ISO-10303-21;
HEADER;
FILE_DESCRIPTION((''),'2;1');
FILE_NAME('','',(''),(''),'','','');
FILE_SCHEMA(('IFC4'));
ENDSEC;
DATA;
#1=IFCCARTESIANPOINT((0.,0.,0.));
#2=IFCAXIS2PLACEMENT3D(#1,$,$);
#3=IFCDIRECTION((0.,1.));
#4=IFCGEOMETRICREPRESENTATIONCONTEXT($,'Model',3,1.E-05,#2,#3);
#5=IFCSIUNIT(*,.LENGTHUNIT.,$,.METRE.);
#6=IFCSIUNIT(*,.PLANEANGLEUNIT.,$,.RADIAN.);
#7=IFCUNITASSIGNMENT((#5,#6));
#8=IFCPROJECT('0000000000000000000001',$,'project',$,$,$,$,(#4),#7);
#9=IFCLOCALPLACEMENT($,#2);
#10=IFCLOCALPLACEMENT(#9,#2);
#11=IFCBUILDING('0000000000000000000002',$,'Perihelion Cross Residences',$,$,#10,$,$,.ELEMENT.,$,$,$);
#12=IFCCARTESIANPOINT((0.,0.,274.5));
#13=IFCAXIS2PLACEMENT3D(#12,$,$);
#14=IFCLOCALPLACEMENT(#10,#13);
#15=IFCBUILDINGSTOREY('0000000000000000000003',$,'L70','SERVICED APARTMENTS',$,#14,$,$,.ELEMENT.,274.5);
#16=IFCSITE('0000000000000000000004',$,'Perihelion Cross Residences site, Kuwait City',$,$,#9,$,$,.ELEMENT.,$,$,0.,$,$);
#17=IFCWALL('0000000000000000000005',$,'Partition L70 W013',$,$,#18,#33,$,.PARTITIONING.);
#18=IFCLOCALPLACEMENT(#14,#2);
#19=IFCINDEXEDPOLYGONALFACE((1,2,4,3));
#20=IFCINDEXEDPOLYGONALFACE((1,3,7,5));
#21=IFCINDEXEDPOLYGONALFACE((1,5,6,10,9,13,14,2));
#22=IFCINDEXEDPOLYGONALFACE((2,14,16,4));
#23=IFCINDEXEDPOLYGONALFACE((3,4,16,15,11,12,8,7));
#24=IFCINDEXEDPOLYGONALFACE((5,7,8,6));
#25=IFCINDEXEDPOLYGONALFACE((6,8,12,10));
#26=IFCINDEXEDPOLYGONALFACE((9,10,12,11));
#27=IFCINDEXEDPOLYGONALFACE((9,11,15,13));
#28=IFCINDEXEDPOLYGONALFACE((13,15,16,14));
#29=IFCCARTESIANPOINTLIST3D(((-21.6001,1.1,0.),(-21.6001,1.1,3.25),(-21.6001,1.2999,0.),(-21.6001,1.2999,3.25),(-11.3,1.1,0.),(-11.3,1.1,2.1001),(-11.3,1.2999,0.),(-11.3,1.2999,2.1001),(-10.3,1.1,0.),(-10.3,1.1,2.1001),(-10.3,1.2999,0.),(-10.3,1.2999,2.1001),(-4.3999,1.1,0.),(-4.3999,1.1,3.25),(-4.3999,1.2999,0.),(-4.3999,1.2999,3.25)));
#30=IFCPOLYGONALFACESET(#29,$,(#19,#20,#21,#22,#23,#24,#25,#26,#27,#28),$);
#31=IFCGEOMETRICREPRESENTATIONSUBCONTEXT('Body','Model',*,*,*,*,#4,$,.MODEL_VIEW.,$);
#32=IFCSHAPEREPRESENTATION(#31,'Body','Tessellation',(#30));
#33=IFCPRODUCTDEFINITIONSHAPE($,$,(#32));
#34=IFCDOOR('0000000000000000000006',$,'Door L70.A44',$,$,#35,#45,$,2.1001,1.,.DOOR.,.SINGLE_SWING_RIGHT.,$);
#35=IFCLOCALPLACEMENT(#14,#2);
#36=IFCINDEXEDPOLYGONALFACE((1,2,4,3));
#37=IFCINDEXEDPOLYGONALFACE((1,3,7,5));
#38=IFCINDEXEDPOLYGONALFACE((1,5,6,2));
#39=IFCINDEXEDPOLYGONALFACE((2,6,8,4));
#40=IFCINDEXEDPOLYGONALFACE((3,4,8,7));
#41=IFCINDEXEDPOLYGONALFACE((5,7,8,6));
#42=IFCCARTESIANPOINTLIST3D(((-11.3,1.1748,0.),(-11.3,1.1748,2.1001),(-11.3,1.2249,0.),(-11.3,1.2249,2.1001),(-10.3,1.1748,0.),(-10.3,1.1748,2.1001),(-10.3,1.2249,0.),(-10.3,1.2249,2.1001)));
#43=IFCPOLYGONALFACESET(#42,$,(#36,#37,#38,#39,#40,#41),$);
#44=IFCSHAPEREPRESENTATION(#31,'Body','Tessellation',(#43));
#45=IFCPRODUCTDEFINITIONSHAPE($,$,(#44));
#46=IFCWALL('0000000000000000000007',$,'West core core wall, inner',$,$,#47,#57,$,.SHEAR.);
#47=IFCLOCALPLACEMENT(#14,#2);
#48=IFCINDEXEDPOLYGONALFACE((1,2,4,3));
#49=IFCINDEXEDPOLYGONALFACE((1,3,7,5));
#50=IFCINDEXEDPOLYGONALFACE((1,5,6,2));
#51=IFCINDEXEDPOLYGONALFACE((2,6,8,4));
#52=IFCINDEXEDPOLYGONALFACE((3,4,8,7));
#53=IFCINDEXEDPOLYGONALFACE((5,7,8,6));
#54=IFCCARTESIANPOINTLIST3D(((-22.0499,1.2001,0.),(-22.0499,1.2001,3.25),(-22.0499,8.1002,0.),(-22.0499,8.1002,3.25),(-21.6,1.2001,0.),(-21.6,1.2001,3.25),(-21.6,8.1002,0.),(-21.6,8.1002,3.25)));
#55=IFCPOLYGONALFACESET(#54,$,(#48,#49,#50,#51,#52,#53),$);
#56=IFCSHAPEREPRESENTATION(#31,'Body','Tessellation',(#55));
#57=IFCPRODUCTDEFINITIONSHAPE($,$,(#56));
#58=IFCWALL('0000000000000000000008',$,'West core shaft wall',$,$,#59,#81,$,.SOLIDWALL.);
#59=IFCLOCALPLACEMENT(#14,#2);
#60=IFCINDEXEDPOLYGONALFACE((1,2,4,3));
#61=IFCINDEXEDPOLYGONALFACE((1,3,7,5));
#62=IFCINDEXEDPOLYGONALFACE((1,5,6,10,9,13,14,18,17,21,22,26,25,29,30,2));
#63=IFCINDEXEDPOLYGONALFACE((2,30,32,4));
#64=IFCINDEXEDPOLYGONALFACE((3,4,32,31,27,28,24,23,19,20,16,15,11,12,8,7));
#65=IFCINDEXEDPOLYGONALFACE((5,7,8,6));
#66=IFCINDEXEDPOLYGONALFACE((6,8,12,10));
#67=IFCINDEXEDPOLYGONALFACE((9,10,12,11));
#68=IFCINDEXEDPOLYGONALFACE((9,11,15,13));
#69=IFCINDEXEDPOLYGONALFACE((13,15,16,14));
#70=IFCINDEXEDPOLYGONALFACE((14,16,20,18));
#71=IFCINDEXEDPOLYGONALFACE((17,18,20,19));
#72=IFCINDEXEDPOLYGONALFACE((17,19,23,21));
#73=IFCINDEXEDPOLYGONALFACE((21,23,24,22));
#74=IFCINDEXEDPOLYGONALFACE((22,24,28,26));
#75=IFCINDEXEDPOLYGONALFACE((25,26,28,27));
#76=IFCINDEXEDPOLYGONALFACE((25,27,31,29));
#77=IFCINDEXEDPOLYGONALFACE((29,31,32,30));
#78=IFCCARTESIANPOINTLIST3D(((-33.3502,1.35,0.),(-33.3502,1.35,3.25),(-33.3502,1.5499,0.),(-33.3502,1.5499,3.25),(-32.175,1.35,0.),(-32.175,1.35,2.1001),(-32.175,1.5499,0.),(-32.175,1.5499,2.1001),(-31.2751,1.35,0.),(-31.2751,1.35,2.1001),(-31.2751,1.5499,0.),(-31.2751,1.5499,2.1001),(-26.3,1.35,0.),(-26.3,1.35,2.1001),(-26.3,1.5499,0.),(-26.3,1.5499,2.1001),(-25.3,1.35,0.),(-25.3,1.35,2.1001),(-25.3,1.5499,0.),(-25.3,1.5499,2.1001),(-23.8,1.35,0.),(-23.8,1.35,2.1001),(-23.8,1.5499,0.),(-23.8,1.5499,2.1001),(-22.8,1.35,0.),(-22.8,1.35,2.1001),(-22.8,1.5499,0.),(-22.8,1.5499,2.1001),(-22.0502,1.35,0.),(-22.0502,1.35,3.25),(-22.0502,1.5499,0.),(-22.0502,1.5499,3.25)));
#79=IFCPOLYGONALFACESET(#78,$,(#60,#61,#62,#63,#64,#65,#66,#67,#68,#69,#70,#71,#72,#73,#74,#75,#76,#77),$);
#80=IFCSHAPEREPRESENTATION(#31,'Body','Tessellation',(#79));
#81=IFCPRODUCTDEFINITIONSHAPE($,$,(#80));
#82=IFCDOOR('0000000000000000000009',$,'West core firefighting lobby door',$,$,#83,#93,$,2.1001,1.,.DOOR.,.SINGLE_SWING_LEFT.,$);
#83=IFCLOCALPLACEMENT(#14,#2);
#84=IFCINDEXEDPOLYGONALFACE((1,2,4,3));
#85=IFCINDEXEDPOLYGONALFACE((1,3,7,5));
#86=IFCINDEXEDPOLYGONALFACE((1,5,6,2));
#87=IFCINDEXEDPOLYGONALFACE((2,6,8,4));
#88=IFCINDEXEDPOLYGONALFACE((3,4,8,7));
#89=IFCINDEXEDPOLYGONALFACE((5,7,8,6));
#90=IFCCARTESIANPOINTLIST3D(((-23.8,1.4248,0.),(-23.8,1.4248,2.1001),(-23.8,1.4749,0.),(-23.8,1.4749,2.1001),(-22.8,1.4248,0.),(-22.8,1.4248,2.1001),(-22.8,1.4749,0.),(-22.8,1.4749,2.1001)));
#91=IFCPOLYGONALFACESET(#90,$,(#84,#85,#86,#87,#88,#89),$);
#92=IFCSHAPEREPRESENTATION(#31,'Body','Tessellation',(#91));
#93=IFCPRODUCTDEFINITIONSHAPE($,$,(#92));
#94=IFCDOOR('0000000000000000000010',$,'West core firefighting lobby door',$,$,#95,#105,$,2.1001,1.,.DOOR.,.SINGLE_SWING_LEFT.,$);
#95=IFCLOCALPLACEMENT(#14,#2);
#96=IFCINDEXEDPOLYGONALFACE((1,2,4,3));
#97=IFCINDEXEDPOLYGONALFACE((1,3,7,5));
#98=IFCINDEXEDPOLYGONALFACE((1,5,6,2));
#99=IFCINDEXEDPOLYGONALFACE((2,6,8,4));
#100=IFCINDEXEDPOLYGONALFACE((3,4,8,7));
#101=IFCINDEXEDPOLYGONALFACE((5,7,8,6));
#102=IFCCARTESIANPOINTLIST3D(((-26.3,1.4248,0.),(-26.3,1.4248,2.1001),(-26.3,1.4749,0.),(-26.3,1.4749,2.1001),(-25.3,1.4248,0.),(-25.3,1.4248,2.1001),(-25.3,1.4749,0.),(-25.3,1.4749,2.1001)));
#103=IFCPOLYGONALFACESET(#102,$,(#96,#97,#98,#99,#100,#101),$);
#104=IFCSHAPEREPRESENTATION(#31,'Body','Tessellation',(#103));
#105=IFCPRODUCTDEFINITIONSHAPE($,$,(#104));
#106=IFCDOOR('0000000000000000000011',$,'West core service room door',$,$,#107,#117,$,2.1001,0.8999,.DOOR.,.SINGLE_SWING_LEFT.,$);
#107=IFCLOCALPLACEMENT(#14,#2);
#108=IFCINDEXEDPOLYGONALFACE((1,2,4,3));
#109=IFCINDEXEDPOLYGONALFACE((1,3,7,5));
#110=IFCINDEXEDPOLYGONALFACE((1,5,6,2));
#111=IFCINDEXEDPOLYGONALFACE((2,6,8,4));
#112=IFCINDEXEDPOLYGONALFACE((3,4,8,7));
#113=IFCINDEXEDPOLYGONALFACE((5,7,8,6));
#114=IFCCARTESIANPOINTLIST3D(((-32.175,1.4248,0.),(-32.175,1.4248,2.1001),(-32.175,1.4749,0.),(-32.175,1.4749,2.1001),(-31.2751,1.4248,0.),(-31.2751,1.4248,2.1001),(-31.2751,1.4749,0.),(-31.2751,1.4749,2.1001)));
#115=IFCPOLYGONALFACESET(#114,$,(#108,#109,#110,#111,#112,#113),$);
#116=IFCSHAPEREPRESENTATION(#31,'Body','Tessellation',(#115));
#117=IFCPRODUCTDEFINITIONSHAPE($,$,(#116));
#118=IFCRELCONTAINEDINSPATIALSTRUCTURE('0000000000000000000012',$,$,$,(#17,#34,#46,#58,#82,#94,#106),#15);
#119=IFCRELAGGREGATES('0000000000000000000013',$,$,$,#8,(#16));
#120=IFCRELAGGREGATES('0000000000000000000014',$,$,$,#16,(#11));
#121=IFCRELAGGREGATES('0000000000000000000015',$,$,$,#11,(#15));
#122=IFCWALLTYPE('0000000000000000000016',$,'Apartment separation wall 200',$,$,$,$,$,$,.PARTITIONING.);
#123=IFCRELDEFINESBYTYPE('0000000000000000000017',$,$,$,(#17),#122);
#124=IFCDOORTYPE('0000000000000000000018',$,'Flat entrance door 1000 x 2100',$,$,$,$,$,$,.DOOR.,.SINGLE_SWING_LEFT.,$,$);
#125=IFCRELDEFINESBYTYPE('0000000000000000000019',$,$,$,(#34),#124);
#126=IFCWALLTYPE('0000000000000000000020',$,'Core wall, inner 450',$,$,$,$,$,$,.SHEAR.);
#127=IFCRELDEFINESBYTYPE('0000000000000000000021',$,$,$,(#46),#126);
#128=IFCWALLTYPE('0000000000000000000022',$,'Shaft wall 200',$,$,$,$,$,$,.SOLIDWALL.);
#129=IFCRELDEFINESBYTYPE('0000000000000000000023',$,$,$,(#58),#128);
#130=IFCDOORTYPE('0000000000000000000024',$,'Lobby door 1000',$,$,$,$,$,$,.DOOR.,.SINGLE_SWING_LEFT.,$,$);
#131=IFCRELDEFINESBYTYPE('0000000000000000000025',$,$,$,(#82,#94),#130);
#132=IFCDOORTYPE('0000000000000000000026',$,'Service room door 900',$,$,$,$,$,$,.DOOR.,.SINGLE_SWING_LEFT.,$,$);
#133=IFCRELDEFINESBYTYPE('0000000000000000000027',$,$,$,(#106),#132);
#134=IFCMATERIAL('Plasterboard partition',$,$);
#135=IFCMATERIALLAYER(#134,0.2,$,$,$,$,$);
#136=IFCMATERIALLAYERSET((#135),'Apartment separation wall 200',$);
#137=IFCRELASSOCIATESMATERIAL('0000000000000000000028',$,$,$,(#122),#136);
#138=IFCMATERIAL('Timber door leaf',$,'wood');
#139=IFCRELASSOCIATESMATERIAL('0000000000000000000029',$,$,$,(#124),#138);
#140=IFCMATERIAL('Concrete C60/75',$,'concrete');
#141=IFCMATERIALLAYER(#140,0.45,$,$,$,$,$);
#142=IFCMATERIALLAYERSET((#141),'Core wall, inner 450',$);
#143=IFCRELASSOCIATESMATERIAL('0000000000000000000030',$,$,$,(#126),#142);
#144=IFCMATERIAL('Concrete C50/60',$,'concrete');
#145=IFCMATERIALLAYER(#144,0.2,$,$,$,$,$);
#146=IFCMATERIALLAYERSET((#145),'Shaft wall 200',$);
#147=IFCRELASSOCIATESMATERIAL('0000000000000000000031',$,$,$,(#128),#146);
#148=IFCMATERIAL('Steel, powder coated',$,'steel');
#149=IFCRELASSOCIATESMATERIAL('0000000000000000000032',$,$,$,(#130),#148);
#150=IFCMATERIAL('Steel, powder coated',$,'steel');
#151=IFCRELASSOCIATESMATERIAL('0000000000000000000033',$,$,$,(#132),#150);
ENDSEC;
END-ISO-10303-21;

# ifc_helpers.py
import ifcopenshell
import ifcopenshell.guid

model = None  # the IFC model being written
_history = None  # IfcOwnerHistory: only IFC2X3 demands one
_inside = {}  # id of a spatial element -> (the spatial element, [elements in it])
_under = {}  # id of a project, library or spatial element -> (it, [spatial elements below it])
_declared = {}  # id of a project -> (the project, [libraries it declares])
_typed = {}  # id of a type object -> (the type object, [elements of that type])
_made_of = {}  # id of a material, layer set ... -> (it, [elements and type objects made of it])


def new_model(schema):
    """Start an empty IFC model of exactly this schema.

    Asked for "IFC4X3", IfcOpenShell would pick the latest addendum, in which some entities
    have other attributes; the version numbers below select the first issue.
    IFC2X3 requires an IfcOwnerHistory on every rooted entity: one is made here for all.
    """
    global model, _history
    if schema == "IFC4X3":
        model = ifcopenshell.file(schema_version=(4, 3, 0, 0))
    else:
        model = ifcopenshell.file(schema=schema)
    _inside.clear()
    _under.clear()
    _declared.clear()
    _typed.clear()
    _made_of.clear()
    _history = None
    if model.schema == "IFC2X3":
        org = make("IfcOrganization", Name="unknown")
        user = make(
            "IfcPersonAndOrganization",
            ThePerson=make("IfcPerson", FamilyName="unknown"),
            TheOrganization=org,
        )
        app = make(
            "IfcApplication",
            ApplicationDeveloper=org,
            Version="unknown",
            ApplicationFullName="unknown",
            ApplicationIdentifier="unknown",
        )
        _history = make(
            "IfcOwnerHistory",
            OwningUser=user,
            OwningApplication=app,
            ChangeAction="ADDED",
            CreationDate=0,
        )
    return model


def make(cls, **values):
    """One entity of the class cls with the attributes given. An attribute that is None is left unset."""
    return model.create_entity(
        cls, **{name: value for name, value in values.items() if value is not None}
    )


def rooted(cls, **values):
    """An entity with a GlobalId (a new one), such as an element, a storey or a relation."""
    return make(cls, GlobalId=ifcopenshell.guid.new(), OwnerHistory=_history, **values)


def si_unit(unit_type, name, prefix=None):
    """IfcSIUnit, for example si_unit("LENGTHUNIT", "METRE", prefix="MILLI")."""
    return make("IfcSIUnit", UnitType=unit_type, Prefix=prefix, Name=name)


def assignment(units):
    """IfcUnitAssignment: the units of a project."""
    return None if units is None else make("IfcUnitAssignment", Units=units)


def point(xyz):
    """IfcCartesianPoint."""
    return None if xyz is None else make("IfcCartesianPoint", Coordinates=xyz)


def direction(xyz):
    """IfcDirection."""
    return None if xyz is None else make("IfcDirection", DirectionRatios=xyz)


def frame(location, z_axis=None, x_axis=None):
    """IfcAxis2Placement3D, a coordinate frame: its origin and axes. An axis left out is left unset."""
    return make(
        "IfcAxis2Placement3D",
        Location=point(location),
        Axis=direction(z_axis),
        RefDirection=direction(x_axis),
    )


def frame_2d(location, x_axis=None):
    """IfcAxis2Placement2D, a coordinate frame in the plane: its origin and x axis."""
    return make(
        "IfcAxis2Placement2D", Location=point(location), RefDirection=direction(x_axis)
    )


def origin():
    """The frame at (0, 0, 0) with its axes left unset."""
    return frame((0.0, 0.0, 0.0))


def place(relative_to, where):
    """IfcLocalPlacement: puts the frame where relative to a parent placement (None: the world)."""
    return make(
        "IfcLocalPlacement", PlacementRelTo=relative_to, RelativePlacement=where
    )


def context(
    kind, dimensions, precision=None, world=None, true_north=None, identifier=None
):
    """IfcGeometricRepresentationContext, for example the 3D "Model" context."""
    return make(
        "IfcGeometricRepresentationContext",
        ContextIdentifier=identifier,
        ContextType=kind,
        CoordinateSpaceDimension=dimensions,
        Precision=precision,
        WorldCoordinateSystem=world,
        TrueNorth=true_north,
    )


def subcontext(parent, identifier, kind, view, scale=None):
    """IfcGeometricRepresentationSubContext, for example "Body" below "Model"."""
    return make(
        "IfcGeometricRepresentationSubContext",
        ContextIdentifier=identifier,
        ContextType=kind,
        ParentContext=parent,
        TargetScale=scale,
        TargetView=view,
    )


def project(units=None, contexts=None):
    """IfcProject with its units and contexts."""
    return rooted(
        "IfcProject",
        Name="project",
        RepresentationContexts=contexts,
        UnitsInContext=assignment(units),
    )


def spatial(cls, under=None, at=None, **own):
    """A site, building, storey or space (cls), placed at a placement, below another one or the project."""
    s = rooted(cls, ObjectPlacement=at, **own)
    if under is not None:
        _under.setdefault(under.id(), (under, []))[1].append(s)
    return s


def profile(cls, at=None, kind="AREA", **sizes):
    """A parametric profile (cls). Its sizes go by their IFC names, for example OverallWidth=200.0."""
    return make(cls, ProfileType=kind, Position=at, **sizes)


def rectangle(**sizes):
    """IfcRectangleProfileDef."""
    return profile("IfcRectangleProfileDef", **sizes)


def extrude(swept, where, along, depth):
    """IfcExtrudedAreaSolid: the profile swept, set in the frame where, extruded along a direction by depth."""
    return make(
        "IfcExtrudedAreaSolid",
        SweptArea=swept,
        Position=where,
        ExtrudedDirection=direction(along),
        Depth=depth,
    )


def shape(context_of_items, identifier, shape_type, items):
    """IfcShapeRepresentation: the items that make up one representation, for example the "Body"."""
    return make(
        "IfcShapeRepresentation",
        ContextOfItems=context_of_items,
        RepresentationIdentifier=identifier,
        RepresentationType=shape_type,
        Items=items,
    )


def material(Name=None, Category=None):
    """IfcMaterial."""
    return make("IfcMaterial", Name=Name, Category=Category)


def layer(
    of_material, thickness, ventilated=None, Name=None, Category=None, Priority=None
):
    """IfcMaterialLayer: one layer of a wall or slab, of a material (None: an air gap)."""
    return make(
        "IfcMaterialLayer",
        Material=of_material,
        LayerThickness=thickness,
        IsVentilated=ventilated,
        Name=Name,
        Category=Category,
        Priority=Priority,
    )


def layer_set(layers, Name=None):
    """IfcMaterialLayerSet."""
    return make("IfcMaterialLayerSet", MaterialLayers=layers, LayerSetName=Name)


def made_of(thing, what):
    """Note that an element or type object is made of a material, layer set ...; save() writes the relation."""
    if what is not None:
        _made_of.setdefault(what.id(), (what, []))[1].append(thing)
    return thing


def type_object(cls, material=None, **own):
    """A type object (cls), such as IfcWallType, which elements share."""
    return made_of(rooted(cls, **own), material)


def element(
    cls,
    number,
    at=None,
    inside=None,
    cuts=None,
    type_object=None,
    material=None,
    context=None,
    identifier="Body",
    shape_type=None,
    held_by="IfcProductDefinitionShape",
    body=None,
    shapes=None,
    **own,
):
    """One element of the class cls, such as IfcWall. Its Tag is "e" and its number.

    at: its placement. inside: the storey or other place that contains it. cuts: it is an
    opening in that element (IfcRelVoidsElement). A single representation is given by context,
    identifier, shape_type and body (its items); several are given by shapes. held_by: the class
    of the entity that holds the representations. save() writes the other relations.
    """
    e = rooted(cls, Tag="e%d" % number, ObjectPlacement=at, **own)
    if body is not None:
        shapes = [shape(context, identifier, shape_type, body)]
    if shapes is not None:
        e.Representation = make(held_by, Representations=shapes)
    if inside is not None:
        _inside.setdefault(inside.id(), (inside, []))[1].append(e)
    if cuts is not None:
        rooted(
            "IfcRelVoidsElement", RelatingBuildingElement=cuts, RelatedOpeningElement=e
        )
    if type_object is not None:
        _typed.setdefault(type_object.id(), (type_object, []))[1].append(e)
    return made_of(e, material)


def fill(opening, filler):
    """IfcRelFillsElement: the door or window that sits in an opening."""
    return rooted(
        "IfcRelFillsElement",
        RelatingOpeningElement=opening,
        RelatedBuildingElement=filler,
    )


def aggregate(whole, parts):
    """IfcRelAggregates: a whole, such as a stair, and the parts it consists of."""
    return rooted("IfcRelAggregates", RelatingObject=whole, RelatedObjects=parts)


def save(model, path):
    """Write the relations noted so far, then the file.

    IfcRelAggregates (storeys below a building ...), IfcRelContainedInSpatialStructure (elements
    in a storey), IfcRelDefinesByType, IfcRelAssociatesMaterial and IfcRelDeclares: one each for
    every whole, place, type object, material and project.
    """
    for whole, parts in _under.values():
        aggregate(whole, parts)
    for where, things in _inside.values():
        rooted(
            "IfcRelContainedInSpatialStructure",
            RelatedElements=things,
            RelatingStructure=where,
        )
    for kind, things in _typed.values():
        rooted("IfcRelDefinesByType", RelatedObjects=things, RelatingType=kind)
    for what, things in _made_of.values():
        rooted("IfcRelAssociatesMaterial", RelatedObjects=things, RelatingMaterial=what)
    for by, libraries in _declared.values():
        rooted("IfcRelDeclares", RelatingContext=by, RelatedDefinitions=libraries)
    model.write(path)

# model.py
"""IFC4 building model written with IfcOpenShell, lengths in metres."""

from ifc_helpers import new_model, si_unit, direction, frame, frame_2d, origin, place, context, subcontext, project, spatial, rectangle, extrude, material, layer, layer_set, type_object, element, fill, save


model = new_model("IFC4")

# Units and contexts
model_context = context("Model", 3, precision=1e-05, world=origin(), true_north=direction((0.0, 1.0)))
body_context = subcontext(model_context, "Body", "Model", "MODEL_VIEW")
ifc_project = project(units=[si_unit("LENGTHUNIT", "METRE"), si_unit("PLANEANGLEUNIT", "RADIAN")], contexts=[model_context])

# Site, building, storey
site_placement = place(None, origin())
site = spatial("IfcSite", under=ifc_project, at=site_placement, Name="Perihelion Cross Residences site, Kuwait City", CompositionType="ELEMENT", RefElevation=0.0)
building_placement = place(site_placement, origin())
building = spatial("IfcBuilding", under=site, at=building_placement, Name="Perihelion Cross Residences", CompositionType="ELEMENT")
storey_placement = place(building_placement, frame((0.0, 0.0, 274.5)))
storey = spatial("IfcBuildingStorey", under=building, at=storey_placement, Name="L70", Description="SERVICED APARTMENTS", CompositionType="ELEMENT", Elevation=274.5)

# Wall, opening, door
ifc_material_1 = material(Name="Plasterboard partition")
ifc_layer_1 = layer(ifc_material_1, 0.2)
ifc_layer_set_1 = layer_set([ifc_layer_1], Name="Apartment separation wall 200")
wall_type_1 = type_object("IfcWallType", Name="Apartment separation wall 200", PredefinedType="PARTITIONING", material=ifc_layer_set_1)
wall_1_placement = place(storey_placement, frame((-21.6001, 1.2, 0.0), z_axis=(0.0, 0.0, 1.0), x_axis=(1.0, 0.0, 0.0)))
wall_1 = element("IfcWall", 1, at=wall_1_placement, inside=storey, type_object=wall_type_1, Name="Partition L70 W013", PredefinedType="PARTITIONING", context=body_context, shape_type="SweptSolid", body=[
    extrude(rectangle(XDim=17.2002, YDim=0.2, at=frame_2d((8.6001, 0.0))), origin(), (0.0, 0.0, 1.0), 3.25),
])
opening_1_placement = place(wall_1_placement, frame((10.3, 0.0, 0.0)))
opening_1 = element("IfcOpeningElement", 2, at=opening_1_placement, cuts=wall_1, PredefinedType="OPENING", context=body_context, shape_type="SweptSolid", body=[
    extrude(rectangle(XDim=1.0, YDim=2.1001, at=frame_2d((0.5, 1.05))), frame((0.0, 0.1099, 0.0), z_axis=(0.0, -1.0, 0.0), x_axis=(1.0, 0.0, 0.0)), (0.0, 0.0, 1.0), 0.22),
])
ifc_material_2 = material(Name="Timber door leaf", Category="wood")
door_type_1 = type_object("IfcDoorType", Name="Flat entrance door 1000 x 2100", OperationType="SINGLE_SWING_LEFT", PredefinedType="DOOR", material=ifc_material_2)
door_1_placement = place(opening_1_placement, origin())
door_1 = element("IfcDoor", 3, at=door_1_placement, inside=storey, type_object=door_type_1, Name="Door L70.A44", OperationType="SINGLE_SWING_RIGHT", OverallHeight=2.1001, OverallWidth=1.0, PredefinedType="DOOR", context=body_context, shape_type="SweptSolid", body=[
    extrude(rectangle(XDim=1.0, YDim=2.1001, at=frame_2d((0.5, 1.05))), frame((0.0, 0.0249, 0.0), z_axis=(0.0, -1.0, 0.0), x_axis=(1.0, 0.0, 0.0)), (0.0, 0.0, 1.0), 0.05),
])
fill(opening_1, door_1)

# Wall
ifc_material_3 = material(Name="Concrete C60/75", Category="concrete")
ifc_layer_2 = layer(ifc_material_3, 0.45)
ifc_layer_set_2 = layer_set([ifc_layer_2], Name="Core wall, inner 450")
wall_type_2 = type_object("IfcWallType", Name="Core wall, inner 450", PredefinedType="SHEAR", material=ifc_layer_set_2)
wall_2_placement = place(storey_placement, frame((-21.825, 1.2, 0.0), z_axis=(0.0, 0.0, 1.0), x_axis=(0.0, 1.0, 0.0)))
element("IfcWall", 4, at=wall_2_placement, inside=storey, type_object=wall_type_2, Name="West core core wall, inner", PredefinedType="SHEAR", context=body_context, shape_type="SweptSolid", body=[
    extrude(rectangle(XDim=6.9001, YDim=0.45, at=frame_2d((3.4502, 0.0))), origin(), (0.0, 0.0, 1.0), 3.25),
])

# Wall, openings, doors
ifc_material_4 = material(Name="Concrete C50/60", Category="concrete")
ifc_layer_3 = layer(ifc_material_4, 0.2)
ifc_layer_set_3 = layer_set([ifc_layer_3], Name="Shaft wall 200")
wall_type_3 = type_object("IfcWallType", Name="Shaft wall 200", PredefinedType="SOLIDWALL", material=ifc_layer_set_3)
wall_3_placement = place(storey_placement, frame((-33.3501, 1.45, 0.0), z_axis=(0.0, 0.0, 1.0), x_axis=(1.0, 0.0, 0.0)))
wall_3 = element("IfcWall", 5, at=wall_3_placement, inside=storey, type_object=wall_type_3, Name="West core shaft wall", PredefinedType="SOLIDWALL", context=body_context, shape_type="SweptSolid", body=[
    extrude(rectangle(XDim=11.3, YDim=0.2, at=frame_2d((5.6499, 0.0))), origin(), (0.0, 0.0, 1.0), 3.25),
])
opening_2_placement = place(wall_3_placement, frame((9.55, 0.0, 0.0)))
opening_2 = element("IfcOpeningElement", 6, at=opening_2_placement, cuts=wall_3, PredefinedType="OPENING", context=body_context, shape_type="SweptSolid", body=[
    extrude(rectangle(XDim=1.0, YDim=2.1001, at=frame_2d((0.5, 1.05))), frame((0.0, 0.1099, 0.0), z_axis=(0.0, -1.0, 0.0), x_axis=(1.0, 0.0, 0.0)), (0.0, 0.0, 1.0), 0.22),
])
opening_3_placement = place(wall_3_placement, frame((7.05, 0.0, 0.0)))
opening_3 = element("IfcOpeningElement", 7, at=opening_3_placement, cuts=wall_3, PredefinedType="OPENING", context=body_context, shape_type="SweptSolid", body=[
    extrude(rectangle(XDim=1.0, YDim=2.1001, at=frame_2d((0.5, 1.05))), frame((0.0, 0.1099, 0.0), z_axis=(0.0, -1.0, 0.0), x_axis=(1.0, 0.0, 0.0)), (0.0, 0.0, 1.0), 0.22),
])
opening_4_placement = place(wall_3_placement, frame((1.175, 0.0, 0.0)))
opening_4 = element("IfcOpeningElement", 8, at=opening_4_placement, cuts=wall_3, PredefinedType="OPENING", context=body_context, shape_type="SweptSolid", body=[
    extrude(rectangle(XDim=0.8999, YDim=2.1001, at=frame_2d((0.45, 1.05))), frame((0.0, 0.1099, 0.0), z_axis=(0.0, -1.0, 0.0), x_axis=(1.0, 0.0, 0.0)), (0.0, 0.0, 1.0), 0.22),
])
ifc_material_5 = material(Name="Steel, powder coated", Category="steel")
door_type_2 = type_object("IfcDoorType", Name="Lobby door 1000", OperationType="SINGLE_SWING_LEFT", PredefinedType="DOOR", material=ifc_material_5)
door_2_placement = place(opening_2_placement, origin())
door_2 = element("IfcDoor", 9, at=door_2_placement, inside=storey, type_object=door_type_2, Name="West core firefighting lobby door", OperationType="SINGLE_SWING_LEFT", OverallHeight=2.1001, OverallWidth=1.0, PredefinedType="DOOR", context=body_context, shape_type="SweptSolid", body=[
    extrude(rectangle(XDim=1.0, YDim=2.1001, at=frame_2d((0.5, 1.05))), frame((0.0, 0.0249, 0.0), z_axis=(0.0, -1.0, 0.0), x_axis=(1.0, 0.0, 0.0)), (0.0, 0.0, 1.0), 0.05),
])
fill(opening_2, door_2)
door_3_placement = place(opening_3_placement, origin())
door_3 = element("IfcDoor", 10, at=door_3_placement, inside=storey, type_object=door_type_2, Name="West core firefighting lobby door", OperationType="SINGLE_SWING_LEFT", OverallHeight=2.1001, OverallWidth=1.0, PredefinedType="DOOR", context=body_context, shape_type="SweptSolid", body=[
    extrude(rectangle(XDim=1.0, YDim=2.1001, at=frame_2d((0.5, 1.05))), frame((0.0, 0.0249, 0.0), z_axis=(0.0, -1.0, 0.0), x_axis=(1.0, 0.0, 0.0)), (0.0, 0.0, 1.0), 0.05),
])
fill(opening_3, door_3)
ifc_material_6 = material(Name="Steel, powder coated", Category="steel")
door_type_3 = type_object("IfcDoorType", Name="Service room door 900", OperationType="SINGLE_SWING_LEFT", PredefinedType="DOOR", material=ifc_material_6)
door_4_placement = place(opening_4_placement, origin())
door_4 = element("IfcDoor", 11, at=door_4_placement, inside=storey, type_object=door_type_3, Name="West core service room door", OperationType="SINGLE_SWING_LEFT", OverallHeight=2.1001, OverallWidth=0.8999, PredefinedType="DOOR", context=body_context, shape_type="SweptSolid", body=[
    extrude(rectangle(XDim=0.8999, YDim=2.1001, at=frame_2d((0.45, 1.05))), frame((0.0, 0.0249, 0.0), z_axis=(0.0, -1.0, 0.0), x_axis=(1.0, 0.0, 0.0)), (0.0, 0.0, 1.0), 0.05),
])
fill(opening_4, door_4)

save(model, "model.ifc")
